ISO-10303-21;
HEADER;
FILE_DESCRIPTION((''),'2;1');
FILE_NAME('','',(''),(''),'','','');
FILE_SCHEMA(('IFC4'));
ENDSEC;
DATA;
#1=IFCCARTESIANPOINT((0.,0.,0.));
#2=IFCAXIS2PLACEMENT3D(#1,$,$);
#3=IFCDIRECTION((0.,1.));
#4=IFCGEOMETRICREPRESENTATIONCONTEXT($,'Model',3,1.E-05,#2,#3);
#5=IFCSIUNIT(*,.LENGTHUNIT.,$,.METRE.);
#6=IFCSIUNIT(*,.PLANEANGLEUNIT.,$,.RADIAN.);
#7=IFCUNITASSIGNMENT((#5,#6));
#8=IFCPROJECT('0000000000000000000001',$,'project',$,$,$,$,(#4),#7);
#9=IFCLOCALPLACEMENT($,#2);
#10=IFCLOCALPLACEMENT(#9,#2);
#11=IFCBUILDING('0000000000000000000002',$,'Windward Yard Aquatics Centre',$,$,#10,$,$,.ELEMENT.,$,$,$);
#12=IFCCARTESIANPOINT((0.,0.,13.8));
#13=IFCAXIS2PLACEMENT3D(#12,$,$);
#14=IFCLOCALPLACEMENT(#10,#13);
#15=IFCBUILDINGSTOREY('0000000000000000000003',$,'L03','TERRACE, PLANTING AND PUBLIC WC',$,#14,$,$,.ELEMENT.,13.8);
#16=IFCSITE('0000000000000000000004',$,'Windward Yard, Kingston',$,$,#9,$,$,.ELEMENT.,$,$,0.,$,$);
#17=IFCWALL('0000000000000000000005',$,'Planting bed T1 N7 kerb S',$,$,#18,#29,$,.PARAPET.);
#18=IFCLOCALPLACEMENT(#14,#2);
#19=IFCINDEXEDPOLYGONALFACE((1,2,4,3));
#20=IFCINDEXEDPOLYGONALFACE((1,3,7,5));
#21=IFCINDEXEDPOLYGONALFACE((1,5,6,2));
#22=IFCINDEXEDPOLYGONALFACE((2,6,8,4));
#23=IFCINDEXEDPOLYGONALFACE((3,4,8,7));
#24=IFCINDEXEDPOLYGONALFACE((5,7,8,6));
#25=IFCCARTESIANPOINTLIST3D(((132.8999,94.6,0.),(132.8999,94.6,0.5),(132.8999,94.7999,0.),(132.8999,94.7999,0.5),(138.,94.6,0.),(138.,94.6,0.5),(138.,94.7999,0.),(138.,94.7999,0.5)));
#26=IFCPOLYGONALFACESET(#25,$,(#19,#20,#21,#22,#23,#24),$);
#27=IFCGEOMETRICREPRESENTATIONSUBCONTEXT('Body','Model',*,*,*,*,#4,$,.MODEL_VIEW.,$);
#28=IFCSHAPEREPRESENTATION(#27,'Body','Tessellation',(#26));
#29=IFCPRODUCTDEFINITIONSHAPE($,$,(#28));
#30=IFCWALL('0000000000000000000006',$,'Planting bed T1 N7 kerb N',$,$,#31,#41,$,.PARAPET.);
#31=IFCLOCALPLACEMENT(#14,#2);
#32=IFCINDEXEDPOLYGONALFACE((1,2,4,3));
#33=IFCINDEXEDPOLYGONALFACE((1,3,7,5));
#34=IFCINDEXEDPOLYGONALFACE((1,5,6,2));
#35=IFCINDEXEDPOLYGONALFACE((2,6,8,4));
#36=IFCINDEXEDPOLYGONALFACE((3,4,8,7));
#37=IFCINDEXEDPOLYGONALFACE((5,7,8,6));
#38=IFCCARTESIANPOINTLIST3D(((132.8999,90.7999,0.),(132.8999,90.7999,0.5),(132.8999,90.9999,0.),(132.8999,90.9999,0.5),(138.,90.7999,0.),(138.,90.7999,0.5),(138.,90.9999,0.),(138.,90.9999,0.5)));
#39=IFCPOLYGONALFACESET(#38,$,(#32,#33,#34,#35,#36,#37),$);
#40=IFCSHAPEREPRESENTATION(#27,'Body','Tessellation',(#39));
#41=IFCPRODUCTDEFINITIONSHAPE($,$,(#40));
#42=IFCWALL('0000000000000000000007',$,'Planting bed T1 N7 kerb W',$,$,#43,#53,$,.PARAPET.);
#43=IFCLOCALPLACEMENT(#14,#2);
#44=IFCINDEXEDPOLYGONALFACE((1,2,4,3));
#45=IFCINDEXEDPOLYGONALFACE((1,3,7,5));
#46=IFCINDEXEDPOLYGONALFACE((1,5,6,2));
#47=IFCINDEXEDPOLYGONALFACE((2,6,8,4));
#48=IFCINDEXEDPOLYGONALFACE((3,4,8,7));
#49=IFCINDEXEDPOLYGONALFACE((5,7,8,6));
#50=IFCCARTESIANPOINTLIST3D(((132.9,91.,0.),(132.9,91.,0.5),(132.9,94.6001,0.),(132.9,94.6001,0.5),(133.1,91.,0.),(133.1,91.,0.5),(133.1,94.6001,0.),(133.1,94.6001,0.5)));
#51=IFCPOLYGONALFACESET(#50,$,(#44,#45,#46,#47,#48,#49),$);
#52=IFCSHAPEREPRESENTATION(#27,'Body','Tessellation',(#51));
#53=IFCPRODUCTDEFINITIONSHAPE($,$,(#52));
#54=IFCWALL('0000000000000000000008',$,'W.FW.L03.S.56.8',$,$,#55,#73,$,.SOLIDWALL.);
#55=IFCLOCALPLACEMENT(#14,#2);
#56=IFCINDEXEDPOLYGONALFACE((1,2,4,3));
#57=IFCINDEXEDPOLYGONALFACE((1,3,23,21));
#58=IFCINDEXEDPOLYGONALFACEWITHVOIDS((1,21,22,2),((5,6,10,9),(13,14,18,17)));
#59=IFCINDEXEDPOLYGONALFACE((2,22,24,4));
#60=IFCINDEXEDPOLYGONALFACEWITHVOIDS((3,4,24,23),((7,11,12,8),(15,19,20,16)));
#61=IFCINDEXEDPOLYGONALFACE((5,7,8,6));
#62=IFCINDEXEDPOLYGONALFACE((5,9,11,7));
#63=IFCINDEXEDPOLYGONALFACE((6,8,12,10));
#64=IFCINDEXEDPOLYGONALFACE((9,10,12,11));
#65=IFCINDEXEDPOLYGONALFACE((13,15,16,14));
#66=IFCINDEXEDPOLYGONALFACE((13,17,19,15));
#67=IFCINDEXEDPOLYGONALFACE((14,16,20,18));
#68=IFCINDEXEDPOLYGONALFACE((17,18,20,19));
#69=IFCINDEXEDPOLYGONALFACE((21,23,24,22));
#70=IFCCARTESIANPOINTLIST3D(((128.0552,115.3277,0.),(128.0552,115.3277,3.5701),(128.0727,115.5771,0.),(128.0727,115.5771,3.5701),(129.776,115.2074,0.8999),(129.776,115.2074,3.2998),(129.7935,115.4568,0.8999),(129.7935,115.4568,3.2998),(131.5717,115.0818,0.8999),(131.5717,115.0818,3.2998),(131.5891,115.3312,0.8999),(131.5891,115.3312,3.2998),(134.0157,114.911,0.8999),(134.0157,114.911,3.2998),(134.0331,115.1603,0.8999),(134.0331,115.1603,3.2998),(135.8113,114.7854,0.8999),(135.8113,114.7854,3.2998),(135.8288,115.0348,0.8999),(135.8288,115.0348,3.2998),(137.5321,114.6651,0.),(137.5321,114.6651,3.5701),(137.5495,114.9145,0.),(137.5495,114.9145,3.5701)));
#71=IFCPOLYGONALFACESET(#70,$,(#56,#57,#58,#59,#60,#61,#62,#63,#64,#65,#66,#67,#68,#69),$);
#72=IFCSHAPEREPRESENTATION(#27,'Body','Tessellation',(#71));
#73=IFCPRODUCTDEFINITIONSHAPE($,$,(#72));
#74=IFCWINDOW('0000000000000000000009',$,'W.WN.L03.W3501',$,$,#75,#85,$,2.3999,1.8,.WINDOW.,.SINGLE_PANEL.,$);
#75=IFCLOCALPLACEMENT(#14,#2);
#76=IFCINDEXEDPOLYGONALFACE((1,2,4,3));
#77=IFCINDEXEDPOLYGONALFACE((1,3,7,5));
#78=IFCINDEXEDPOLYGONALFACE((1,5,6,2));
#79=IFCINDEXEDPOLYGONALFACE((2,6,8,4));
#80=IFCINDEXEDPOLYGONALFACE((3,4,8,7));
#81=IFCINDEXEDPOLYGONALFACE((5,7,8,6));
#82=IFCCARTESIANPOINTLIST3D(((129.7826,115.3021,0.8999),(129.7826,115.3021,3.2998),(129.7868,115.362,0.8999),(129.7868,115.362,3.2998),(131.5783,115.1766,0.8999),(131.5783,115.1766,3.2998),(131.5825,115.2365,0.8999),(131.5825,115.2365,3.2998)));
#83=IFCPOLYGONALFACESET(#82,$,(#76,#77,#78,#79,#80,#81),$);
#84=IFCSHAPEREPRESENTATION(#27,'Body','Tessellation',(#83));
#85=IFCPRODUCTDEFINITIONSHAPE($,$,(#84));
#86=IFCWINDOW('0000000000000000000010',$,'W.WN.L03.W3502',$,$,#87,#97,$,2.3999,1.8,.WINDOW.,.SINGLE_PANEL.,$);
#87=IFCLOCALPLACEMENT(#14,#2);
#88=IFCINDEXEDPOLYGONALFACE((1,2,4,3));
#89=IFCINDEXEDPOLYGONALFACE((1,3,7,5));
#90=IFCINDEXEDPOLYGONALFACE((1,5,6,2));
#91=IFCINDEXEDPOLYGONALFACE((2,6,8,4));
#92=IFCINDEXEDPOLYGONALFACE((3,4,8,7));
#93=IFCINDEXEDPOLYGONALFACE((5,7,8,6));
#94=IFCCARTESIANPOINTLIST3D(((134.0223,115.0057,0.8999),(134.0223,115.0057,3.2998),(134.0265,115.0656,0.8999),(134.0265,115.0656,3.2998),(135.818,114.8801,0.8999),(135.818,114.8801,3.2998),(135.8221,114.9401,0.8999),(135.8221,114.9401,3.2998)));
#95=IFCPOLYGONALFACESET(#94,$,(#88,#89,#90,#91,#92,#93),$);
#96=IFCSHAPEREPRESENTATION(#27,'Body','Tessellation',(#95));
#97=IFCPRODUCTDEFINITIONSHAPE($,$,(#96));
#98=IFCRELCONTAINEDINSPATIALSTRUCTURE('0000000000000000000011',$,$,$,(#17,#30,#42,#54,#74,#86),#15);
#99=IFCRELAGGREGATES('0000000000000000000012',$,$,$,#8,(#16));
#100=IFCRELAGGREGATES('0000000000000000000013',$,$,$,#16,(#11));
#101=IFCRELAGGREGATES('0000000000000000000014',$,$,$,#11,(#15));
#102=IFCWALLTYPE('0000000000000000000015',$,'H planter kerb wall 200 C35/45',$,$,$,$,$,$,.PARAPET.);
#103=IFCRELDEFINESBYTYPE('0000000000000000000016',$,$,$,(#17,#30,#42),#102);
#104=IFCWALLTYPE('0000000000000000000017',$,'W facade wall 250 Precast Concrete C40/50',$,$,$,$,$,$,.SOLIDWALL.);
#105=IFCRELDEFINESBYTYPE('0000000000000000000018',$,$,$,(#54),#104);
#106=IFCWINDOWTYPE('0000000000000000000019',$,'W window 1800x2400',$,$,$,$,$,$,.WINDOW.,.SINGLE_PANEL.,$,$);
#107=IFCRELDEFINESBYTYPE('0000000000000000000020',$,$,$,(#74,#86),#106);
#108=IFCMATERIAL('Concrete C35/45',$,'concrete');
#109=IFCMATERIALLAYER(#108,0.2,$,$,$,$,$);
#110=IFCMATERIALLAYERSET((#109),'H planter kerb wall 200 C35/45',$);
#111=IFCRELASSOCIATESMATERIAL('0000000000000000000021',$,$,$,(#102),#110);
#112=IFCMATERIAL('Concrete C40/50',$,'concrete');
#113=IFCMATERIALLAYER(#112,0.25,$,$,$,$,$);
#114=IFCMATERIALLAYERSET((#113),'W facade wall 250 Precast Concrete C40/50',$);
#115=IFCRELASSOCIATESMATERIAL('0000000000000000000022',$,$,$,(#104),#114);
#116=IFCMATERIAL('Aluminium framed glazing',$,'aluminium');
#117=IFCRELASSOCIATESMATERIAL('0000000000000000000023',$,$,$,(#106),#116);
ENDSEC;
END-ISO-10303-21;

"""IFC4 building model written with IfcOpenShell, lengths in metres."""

from ifc_helpers import new_model, si_unit, direction, frame, frame_2d, origin, place, context, subcontext, project, spatial, rectangle, extrude, material, layer, layer_set, type_object, element, fill, save


model = new_model("IFC4")

# Units and contexts
model_context = context("Model", 3, precision=1e-05, world=origin(), true_north=direction((0.0, 1.0)))
body_context = subcontext(model_context, "Body", "Model", "MODEL_VIEW")
ifc_project = project(units=[si_unit("LENGTHUNIT", "METRE"), si_unit("PLANEANGLEUNIT", "RADIAN")], contexts=[model_context])

# Site, building, storey
site_placement = place(None, origin())
site = spatial("IfcSite", under=ifc_project, at=site_placement, Name="Windward Yard, Kingston", CompositionType="ELEMENT", RefElevation=0.0)
building_placement = place(site_placement, origin())
building = spatial("IfcBuilding", under=site, at=building_placement, Name="Windward Yard Aquatics Centre", CompositionType="ELEMENT")
storey_placement = place(building_placement, frame((0.0, 0.0, 13.8)))
storey = spatial("IfcBuildingStorey", under=building, at=storey_placement, Name="L03", Description="TERRACE, PLANTING AND PUBLIC WC", CompositionType="ELEMENT", Elevation=13.8)

# Shared definitions
ifc_material_1 = material(Name="Concrete C40/50", Category="concrete")

# Walls
ifc_material_2 = material(Name="Concrete C35/45", Category="concrete")
ifc_layer_1 = layer(ifc_material_2, 0.2)
ifc_layer_set_1 = layer_set([ifc_layer_1], Name="H planter kerb wall 200 C35/45")
wall_type_1 = type_object("IfcWallType", Name="H planter kerb wall 200 C35/45", PredefinedType="PARAPET", material=ifc_layer_set_1)
for number, where, z_axis, x_axis, name in (
    (1, (132.8999, 94.7, 0.0), (0.0, 0.0, 1.0), (1.0, 0.0, 0.0), "Planting bed T1 N7 kerb S"),
    (2, (132.8999, 90.8999, 0.0), (0.0, 0.0, 1.0), (1.0, 0.0, 0.0), "Planting bed T1 N7 kerb N"),
):
    element("IfcWall", number, at=place(storey_placement, frame(where, z_axis=z_axis, x_axis=x_axis)), inside=storey, type_object=wall_type_1, Name=name, PredefinedType="PARAPET", context=body_context, shape_type="SweptSolid", body=[
        extrude(rectangle(XDim=5.1001, YDim=0.2, at=frame_2d((2.55, 0.0))), origin(), (0.0, 0.0, 1.0), 0.5),
    ])
wall_1_placement = place(storey_placement, frame((133.0, 94.6001, 0.0), z_axis=(0.0, 0.0, 1.0), x_axis=(0.0, -1.0, 0.0)))
element("IfcWall", 3, at=wall_1_placement, inside=storey, type_object=wall_type_1, Name="Planting bed T1 N7 kerb W", PredefinedType="PARAPET", context=body_context, shape_type="SweptSolid", body=[
    extrude(rectangle(XDim=3.6001, YDim=0.2, at=frame_2d((1.8, 0.0))), origin(), (0.0, 0.0, 1.0), 0.5),
])

# Wall, openings, windows
ifc_layer_2 = layer(ifc_material_1, 0.25)
ifc_layer_set_2 = layer_set([ifc_layer_2], Name="W facade wall 250 Precast Concrete C40/50")
wall_type_2 = type_object("IfcWallType", Name="W facade wall 250 Precast Concrete C40/50", PredefinedType="SOLIDWALL", material=ifc_layer_set_2)
wall_2_placement = place(storey_placement, frame((128.064, 115.4524, 0.0), z_axis=(0.0, 0.0, 1.0), x_axis=(0.997565, -0.069748, 0.0)))
wall_2 = element("IfcWall", 4, at=wall_2_placement, inside=storey, type_object=wall_type_2, Name="W.FW.L03.S.56.8", PredefinedType="SOLIDWALL", context=body_context, shape_type="SweptSolid", body=[
    extrude(rectangle(XDim=9.5, YDim=0.25, at=frame_2d((4.75, 0.0))), origin(), (0.0, 0.0, 1.0), 3.5701),
])
opening_1_placement = place(wall_2_placement, frame((1.7251, 0.0, 0.8999)))
opening_1 = element("IfcOpeningElement", 5, at=opening_1_placement, cuts=wall_2, PredefinedType="OPENING", context=body_context, shape_type="SweptSolid", body=[
    extrude(rectangle(XDim=1.8, YDim=2.3999, at=frame_2d((0.8999, 1.2))), frame((0.0, 0.135, 0.0), z_axis=(0.0, -1.0, 0.0), x_axis=(1.0, 0.0, 0.0)), (0.0, 0.0, 1.0), 0.27),
])
opening_2_placement = place(wall_2_placement, frame((5.9751, 0.0, 0.8999)))
opening_2 = element("IfcOpeningElement", 6, at=opening_2_placement, cuts=wall_2, PredefinedType="OPENING", context=body_context, shape_type="SweptSolid", body=[
    extrude(rectangle(XDim=1.8, YDim=2.3999, at=frame_2d((0.8999, 1.2))), frame((0.0, 0.135, 0.0), z_axis=(0.0, -1.0, 0.0), x_axis=(1.0, 0.0, 0.0)), (0.0, 0.0, 1.0), 0.27),
])
ifc_material_3 = material(Name="Aluminium framed glazing", Category="aluminium")
window_type = type_object("IfcWindowType", Name="W window 1800x2400", PartitioningType="SINGLE_PANEL", PredefinedType="WINDOW", material=ifc_material_3)
window_1_placement = place(opening_1_placement, origin())
window_1 = element("IfcWindow", 7, at=window_1_placement, inside=storey, type_object=window_type, Name="W.WN.L03.W3501", OverallHeight=2.3999, OverallWidth=1.8, PartitioningType="SINGLE_PANEL", PredefinedType="WINDOW", context=body_context, shape_type="SweptSolid", body=[
    extrude(rectangle(XDim=1.8, YDim=2.3999, at=frame_2d((0.8999, 1.2))), frame((0.0, 0.03, 0.0), z_axis=(0.0, -1.0, 0.0), x_axis=(1.0, 0.0, 0.0)), (0.0, 0.0, 1.0), 0.0601),
])
fill(opening_1, window_1)
window_2_placement = place(opening_2_placement, origin())
window_2 = element("IfcWindow", 8, at=window_2_placement, inside=storey, type_object=window_type, Name="W.WN.L03.W3502", OverallHeight=2.3999, OverallWidth=1.8, PartitioningType="SINGLE_PANEL", PredefinedType="WINDOW", context=body_context, shape_type="SweptSolid", body=[
    extrude(rectangle(XDim=1.8, YDim=2.3999, at=frame_2d((0.8999, 1.2))), frame((0.0, 0.03, 0.0), z_axis=(0.0, -1.0, 0.0), x_axis=(1.0, 0.0, 0.0)), (0.0, 0.0, 1.0), 0.0601),
])
fill(opening_2, window_2)

save(model, "model.ifc")
